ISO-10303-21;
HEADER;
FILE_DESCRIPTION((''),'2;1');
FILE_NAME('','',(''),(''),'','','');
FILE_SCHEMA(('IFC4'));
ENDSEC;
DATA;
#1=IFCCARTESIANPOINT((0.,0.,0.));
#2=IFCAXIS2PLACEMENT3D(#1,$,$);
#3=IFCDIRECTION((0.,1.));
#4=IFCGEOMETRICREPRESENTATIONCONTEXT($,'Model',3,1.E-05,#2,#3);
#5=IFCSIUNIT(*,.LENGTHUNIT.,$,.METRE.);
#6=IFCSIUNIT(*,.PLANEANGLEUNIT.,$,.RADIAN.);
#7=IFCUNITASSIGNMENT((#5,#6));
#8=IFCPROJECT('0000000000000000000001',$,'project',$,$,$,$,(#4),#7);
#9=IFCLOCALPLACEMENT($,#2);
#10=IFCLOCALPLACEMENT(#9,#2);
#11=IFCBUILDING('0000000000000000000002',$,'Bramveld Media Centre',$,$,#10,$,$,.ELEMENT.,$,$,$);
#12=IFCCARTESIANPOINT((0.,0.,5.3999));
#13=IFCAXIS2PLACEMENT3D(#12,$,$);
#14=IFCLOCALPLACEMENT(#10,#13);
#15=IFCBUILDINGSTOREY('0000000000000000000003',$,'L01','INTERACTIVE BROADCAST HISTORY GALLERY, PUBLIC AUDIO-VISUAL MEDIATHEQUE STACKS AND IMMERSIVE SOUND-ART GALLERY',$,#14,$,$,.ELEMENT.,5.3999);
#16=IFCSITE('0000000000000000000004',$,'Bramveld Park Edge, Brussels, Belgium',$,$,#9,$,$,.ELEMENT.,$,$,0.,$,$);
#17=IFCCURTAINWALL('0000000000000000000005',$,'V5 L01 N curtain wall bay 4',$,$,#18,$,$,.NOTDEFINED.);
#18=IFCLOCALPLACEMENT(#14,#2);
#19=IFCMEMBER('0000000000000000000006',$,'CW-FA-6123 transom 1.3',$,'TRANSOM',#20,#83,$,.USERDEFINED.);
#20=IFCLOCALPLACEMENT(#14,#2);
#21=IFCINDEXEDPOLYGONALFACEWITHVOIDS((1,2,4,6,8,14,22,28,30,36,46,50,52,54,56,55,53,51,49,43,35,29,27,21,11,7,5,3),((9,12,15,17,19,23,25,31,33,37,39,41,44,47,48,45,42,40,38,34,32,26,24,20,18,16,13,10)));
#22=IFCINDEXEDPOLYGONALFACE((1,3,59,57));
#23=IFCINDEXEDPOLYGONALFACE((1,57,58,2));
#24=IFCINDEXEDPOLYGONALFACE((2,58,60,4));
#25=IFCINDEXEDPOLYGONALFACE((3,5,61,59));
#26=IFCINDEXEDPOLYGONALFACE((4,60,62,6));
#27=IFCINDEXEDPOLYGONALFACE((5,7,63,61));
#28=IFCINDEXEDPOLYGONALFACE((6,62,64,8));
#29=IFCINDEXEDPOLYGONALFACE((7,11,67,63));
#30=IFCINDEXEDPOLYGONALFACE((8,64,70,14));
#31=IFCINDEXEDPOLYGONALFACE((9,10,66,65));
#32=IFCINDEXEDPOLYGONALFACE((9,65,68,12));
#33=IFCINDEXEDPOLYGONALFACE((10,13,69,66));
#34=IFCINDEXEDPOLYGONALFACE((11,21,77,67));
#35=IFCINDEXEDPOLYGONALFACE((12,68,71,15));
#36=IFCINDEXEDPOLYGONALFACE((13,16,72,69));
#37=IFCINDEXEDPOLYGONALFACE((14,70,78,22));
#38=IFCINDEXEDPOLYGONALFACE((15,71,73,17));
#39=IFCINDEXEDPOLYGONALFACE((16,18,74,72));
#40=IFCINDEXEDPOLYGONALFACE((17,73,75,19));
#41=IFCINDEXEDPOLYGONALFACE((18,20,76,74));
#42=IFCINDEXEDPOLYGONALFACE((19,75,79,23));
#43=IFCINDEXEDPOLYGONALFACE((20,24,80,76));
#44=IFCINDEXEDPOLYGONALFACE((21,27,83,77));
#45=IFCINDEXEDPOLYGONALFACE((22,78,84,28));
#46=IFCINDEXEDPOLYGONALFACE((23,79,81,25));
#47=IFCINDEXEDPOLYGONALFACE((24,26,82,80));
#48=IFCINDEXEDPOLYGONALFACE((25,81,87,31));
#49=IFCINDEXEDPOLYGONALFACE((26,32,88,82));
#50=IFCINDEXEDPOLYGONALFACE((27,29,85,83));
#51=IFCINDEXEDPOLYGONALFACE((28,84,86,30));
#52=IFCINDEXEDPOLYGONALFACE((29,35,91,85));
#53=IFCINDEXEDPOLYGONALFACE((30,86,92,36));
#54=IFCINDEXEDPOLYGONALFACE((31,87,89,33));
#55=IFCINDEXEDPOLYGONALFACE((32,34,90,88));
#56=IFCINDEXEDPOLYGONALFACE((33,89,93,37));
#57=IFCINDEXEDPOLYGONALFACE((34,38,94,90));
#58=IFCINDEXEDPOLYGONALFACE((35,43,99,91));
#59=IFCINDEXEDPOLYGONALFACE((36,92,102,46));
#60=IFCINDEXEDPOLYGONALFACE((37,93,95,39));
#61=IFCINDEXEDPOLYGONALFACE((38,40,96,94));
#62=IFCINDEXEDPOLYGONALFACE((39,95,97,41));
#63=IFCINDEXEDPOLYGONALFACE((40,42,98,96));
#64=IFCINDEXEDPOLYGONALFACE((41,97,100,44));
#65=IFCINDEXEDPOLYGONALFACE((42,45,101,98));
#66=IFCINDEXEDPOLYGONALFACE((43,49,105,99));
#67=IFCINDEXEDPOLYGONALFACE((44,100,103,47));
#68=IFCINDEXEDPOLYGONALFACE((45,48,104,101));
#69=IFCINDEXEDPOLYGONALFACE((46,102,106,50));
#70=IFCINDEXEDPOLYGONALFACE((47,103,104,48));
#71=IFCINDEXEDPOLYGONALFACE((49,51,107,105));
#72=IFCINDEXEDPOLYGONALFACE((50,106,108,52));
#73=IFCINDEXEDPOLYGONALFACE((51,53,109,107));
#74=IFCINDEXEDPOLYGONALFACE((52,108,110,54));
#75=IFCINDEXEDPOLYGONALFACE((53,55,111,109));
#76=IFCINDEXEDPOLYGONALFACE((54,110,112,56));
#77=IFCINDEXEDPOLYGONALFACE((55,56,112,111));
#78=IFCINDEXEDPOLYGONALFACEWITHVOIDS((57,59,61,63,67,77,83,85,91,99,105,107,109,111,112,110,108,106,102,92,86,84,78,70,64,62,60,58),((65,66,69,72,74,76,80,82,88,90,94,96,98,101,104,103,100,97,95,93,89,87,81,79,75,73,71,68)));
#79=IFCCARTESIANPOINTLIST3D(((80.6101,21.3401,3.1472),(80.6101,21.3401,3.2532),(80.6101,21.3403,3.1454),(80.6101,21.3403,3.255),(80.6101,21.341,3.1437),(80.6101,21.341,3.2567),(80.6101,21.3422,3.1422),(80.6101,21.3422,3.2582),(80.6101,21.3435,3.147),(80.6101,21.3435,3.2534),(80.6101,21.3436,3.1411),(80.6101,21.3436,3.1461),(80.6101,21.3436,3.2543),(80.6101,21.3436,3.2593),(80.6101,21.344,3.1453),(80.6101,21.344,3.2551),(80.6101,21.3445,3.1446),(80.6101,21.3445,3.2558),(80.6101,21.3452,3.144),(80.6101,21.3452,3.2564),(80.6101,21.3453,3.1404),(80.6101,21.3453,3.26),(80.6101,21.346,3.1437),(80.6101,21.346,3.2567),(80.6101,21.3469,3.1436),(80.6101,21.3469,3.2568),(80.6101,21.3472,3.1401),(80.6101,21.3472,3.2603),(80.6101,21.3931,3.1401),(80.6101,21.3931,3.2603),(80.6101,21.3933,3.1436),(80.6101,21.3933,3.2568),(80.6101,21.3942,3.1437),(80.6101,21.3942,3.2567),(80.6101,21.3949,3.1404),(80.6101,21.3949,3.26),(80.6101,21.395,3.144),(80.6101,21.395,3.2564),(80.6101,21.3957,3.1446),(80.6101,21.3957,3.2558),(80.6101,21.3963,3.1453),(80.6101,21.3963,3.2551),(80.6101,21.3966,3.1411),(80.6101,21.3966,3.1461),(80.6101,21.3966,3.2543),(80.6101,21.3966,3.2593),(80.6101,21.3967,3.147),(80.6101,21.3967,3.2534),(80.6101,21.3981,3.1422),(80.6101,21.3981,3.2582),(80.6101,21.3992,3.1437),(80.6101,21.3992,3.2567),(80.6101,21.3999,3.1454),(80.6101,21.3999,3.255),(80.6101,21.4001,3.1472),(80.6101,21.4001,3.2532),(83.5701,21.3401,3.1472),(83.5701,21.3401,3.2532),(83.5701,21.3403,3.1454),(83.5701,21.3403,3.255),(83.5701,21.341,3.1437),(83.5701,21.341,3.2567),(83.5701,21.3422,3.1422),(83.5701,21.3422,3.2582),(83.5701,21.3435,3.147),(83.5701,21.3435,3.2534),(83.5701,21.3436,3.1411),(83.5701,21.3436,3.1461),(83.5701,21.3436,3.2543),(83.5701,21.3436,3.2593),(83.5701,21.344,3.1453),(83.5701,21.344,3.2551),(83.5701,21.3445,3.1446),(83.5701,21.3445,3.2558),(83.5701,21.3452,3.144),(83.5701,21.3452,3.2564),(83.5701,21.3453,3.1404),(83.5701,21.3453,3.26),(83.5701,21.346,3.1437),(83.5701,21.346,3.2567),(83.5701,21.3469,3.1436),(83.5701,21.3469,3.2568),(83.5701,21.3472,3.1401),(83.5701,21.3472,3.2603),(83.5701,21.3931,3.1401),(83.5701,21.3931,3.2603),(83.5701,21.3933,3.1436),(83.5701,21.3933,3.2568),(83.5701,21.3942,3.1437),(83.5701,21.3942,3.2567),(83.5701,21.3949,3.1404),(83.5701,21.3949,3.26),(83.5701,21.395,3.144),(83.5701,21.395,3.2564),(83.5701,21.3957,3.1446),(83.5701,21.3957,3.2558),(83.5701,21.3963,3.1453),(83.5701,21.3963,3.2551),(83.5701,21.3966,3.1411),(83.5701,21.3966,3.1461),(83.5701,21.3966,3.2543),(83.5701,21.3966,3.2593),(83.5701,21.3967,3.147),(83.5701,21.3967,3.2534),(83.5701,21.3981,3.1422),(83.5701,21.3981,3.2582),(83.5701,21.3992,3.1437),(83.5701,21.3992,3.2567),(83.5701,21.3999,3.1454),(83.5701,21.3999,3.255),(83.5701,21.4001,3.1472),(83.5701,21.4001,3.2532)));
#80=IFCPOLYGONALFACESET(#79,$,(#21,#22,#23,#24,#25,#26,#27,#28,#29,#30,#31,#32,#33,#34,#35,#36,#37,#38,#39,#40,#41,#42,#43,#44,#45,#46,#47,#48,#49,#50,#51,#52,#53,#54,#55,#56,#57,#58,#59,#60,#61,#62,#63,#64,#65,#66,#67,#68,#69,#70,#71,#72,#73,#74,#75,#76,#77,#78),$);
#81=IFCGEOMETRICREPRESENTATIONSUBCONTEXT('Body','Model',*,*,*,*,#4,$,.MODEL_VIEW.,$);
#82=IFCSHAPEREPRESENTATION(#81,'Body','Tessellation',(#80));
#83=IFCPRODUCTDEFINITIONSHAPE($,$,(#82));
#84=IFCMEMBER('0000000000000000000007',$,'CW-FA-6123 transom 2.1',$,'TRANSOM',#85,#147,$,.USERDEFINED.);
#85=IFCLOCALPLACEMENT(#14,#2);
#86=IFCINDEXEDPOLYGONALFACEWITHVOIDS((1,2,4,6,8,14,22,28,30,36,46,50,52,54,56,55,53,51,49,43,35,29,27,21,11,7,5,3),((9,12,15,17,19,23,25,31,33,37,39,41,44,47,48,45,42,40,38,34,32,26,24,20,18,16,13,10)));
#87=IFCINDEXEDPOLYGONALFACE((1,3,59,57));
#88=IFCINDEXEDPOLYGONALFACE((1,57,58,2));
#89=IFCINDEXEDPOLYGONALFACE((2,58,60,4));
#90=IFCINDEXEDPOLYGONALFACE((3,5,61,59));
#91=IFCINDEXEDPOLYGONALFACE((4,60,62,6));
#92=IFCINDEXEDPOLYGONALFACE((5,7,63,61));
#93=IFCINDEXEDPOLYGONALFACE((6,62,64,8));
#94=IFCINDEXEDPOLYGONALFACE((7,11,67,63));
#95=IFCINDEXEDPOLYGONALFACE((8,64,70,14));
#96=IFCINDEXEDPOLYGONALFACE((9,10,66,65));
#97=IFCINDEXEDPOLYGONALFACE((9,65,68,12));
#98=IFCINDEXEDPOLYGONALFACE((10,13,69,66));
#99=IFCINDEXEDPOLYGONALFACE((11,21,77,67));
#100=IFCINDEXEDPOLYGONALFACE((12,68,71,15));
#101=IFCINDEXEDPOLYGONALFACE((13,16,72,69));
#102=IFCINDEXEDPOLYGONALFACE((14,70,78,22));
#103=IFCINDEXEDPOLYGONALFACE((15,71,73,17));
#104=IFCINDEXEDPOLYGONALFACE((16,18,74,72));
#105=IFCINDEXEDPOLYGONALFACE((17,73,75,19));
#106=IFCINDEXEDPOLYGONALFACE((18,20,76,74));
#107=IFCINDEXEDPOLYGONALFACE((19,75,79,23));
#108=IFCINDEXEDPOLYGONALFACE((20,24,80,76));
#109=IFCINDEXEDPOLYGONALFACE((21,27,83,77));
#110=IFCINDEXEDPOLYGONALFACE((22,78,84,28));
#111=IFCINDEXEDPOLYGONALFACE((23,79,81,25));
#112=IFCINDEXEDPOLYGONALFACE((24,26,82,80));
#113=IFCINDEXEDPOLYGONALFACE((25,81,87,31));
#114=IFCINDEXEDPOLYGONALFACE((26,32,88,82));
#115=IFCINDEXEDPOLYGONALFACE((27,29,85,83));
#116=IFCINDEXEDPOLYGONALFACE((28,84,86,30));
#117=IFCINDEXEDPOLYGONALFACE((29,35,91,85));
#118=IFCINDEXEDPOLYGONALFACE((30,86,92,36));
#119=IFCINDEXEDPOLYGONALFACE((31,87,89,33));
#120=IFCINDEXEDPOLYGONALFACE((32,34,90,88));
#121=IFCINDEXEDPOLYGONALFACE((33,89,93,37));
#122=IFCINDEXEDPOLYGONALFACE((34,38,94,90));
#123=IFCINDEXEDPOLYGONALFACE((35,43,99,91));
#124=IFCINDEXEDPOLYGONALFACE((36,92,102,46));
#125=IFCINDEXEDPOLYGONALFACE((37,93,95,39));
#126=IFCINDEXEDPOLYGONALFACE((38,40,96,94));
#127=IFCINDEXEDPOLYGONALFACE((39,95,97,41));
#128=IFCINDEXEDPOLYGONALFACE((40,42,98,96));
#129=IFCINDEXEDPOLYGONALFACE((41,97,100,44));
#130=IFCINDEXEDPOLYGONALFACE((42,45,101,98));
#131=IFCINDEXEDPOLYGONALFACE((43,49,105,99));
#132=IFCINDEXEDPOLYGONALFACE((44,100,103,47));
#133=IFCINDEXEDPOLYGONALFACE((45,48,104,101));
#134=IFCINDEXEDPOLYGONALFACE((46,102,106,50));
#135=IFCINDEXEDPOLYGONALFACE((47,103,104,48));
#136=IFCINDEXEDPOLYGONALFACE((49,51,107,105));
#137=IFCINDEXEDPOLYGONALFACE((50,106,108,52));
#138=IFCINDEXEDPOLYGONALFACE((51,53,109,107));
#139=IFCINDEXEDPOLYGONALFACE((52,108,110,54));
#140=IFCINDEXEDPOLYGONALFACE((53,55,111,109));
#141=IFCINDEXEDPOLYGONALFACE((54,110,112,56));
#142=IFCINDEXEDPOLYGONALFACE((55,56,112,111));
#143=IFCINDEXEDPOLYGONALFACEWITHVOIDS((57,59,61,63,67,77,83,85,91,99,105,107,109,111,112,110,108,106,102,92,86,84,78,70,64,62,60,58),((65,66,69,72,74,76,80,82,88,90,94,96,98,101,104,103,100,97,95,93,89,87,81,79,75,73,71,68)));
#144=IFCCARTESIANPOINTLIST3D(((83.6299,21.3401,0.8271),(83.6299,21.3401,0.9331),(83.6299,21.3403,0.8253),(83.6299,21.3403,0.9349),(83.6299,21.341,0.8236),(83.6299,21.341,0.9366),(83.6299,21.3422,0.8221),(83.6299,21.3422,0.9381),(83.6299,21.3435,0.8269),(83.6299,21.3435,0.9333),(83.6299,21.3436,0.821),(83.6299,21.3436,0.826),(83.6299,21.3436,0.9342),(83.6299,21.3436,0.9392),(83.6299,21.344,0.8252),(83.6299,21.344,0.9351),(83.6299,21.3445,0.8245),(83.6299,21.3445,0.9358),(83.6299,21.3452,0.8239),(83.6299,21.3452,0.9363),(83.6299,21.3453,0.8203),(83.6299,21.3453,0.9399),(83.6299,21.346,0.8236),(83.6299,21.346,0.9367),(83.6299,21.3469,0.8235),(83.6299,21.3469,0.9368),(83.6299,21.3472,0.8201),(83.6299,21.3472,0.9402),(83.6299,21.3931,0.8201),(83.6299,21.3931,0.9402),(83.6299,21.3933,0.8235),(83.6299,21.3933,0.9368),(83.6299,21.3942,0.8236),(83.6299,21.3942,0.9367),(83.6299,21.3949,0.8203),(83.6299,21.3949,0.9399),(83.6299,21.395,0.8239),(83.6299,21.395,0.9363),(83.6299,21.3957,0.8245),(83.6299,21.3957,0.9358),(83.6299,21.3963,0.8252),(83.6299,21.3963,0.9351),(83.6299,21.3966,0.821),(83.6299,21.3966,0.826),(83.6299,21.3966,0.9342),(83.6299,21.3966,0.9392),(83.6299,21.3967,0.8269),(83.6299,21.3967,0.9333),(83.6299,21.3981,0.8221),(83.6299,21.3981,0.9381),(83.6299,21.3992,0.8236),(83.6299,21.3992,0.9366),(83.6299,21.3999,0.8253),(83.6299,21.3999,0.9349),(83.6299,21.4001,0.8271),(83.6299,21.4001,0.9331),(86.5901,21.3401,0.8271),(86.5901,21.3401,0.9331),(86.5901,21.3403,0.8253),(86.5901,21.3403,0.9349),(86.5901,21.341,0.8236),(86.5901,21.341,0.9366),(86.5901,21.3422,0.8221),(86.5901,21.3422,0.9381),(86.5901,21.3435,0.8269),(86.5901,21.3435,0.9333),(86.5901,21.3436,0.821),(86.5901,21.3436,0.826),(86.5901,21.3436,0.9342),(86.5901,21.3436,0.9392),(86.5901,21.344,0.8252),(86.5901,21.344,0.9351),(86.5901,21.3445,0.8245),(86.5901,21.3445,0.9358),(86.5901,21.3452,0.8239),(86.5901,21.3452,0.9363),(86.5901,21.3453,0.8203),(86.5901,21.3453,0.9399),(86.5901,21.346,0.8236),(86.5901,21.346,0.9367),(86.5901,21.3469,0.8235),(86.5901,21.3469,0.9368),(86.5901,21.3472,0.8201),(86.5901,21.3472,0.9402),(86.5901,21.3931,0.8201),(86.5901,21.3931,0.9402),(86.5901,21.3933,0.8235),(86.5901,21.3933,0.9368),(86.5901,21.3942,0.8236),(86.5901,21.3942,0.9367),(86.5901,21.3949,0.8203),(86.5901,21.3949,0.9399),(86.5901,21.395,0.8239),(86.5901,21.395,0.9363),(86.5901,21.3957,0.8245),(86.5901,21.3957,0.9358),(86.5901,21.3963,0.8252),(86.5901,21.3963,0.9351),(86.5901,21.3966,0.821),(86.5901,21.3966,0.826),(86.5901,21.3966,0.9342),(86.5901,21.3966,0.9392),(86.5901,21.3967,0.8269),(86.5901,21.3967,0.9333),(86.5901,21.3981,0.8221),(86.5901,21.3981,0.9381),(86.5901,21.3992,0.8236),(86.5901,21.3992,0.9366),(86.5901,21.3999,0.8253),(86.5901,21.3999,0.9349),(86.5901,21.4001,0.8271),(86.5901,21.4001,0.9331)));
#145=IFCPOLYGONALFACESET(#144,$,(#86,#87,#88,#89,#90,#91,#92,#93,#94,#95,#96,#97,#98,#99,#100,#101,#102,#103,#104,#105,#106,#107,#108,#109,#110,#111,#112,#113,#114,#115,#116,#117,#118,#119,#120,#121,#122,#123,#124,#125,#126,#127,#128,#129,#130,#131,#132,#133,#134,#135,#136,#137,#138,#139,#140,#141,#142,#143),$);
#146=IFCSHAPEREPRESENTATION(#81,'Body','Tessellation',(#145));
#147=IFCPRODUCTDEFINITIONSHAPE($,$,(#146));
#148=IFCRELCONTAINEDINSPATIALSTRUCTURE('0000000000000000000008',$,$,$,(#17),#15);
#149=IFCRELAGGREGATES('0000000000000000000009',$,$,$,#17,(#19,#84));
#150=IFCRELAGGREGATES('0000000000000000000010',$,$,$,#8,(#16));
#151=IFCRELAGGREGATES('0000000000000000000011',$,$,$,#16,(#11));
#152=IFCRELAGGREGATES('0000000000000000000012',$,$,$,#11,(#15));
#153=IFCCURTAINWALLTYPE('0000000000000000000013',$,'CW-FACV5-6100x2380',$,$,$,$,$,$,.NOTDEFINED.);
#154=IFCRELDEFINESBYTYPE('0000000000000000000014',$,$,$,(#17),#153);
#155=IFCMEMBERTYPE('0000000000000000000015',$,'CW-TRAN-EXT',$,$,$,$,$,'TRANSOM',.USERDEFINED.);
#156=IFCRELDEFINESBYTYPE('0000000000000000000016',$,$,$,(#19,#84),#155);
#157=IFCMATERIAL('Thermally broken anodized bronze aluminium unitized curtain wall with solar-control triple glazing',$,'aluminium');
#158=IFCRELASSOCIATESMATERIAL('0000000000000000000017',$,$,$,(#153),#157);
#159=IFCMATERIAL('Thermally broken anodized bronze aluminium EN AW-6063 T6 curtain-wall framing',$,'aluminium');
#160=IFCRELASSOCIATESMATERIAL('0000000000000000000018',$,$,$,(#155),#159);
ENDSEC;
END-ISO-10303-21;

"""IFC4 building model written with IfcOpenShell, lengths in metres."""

from ifc_helpers import new_model, si_unit, direction, frame, origin, origin_2d, place, context, subcontext, project, spatial, hollow_rectangle, extrude, material, material_profile, profile_set, type_object, element, aggregate, save


model = new_model("IFC4")

# Units and contexts
model_context = context("Model", 3, precision=1e-05, world=origin(), true_north=direction((0.0, 1.0)))
body_context = subcontext(model_context, "Body", "Model", "MODEL_VIEW")
ifc_project = project(units=[si_unit("LENGTHUNIT", "METRE"), si_unit("PLANEANGLEUNIT", "RADIAN")], contexts=[model_context])

# Site, building, storey
site_placement = place(None, origin())
site = spatial("IfcSite", under=ifc_project, at=site_placement, Name="Bramveld Park Edge, Brussels, Belgium", CompositionType="ELEMENT", RefElevation=0.0)
building_placement = place(site_placement, origin())
building = spatial("IfcBuilding", under=site, at=building_placement, Name="Bramveld Media Centre", CompositionType="ELEMENT")
storey_placement = place(building_placement, frame((0.0, 0.0, 5.3999)))
storey = spatial("IfcBuildingStorey", under=building, at=storey_placement, Name="L01", Description="INTERACTIVE BROADCAST HISTORY GALLERY, PUBLIC AUDIO-VISUAL MEDIATHEQUE STACKS AND IMMERSIVE SOUND-ART GALLERY", CompositionType="ELEMENT", Elevation=5.3999)

# Curtain wall
ifc_material_1 = material(Name="Thermally broken anodized bronze aluminium unitized curtain wall with solar-control triple glazing", Category="aluminium")
curtain_wall_type = type_object("IfcCurtainWallType", Name="CW-FACV5-6100x2380", PredefinedType="NOTDEFINED", material=ifc_material_1)
curtain_wall_1_placement = place(storey_placement, origin())
curtain_wall_1 = element("IfcCurtainWall", 1, at=curtain_wall_1_placement, inside=storey, type_object=curtain_wall_type, Name="V5 L01 N curtain wall bay 4", PredefinedType="NOTDEFINED")

# Members
ifc_material_2 = material(Name="Thermally broken anodized bronze aluminium EN AW-6063 T6 curtain-wall framing", Category="aluminium")
ifc_material_profile_1 = material_profile(ifc_material_2, hollow_rectangle(XDim=0.0601, YDim=0.1201, WallThickness=0.0034, InnerFilletRadius=0.0034, OuterFilletRadius=0.0071, at=origin_2d()), Name="AL-TRAN 60x120")
ifc_profile_set_1 = profile_set([ifc_material_profile_1], Name="Thermally broken anodized bronze aluminium EN AW-6063 T6 curtain-wall framing")
member_type_1 = type_object("IfcMemberType", Name="CW-TRAN-EXT", ElementType="TRANSOM", PredefinedType="USERDEFINED", material=ifc_profile_set_1)
member_1_placement = place(storey_placement, frame((80.6101, 21.3701, 3.2002), z_axis=(1.0, 0.0, 0.0), x_axis=(0.0, 1.0, 0.0)))
member_1 = element("IfcMember", 2, at=member_1_placement, type_object=member_type_1, Name="CW-FA-6123 transom 1.3", ObjectType="TRANSOM", PredefinedType="USERDEFINED", context=body_context, shape_type="SweptSolid", body=[
    extrude(hollow_rectangle(XDim=0.0601, YDim=0.1201, WallThickness=0.0034, InnerFilletRadius=0.0034, OuterFilletRadius=0.0071, at=origin_2d()), origin(), (0.0, 0.0, 1.0), 2.96),
])
member_2_placement = place(storey_placement, frame((83.6299, 21.3701, 0.8801), z_axis=(1.0, 0.0, 0.0), x_axis=(0.0, 1.0, 0.0)))
member_2 = element("IfcMember", 3, at=member_2_placement, type_object=member_type_1, Name="CW-FA-6123 transom 2.1", ObjectType="TRANSOM", PredefinedType="USERDEFINED", context=body_context, shape_type="SweptSolid", body=[
    extrude(hollow_rectangle(XDim=0.0601, YDim=0.1201, WallThickness=0.0034, InnerFilletRadius=0.0034, OuterFilletRadius=0.0071, at=origin_2d()), origin(), (0.0, 0.0, 1.0), 2.9602),
])

aggregate(curtain_wall_1, [member_1, member_2])

save(model, "model.ifc")
